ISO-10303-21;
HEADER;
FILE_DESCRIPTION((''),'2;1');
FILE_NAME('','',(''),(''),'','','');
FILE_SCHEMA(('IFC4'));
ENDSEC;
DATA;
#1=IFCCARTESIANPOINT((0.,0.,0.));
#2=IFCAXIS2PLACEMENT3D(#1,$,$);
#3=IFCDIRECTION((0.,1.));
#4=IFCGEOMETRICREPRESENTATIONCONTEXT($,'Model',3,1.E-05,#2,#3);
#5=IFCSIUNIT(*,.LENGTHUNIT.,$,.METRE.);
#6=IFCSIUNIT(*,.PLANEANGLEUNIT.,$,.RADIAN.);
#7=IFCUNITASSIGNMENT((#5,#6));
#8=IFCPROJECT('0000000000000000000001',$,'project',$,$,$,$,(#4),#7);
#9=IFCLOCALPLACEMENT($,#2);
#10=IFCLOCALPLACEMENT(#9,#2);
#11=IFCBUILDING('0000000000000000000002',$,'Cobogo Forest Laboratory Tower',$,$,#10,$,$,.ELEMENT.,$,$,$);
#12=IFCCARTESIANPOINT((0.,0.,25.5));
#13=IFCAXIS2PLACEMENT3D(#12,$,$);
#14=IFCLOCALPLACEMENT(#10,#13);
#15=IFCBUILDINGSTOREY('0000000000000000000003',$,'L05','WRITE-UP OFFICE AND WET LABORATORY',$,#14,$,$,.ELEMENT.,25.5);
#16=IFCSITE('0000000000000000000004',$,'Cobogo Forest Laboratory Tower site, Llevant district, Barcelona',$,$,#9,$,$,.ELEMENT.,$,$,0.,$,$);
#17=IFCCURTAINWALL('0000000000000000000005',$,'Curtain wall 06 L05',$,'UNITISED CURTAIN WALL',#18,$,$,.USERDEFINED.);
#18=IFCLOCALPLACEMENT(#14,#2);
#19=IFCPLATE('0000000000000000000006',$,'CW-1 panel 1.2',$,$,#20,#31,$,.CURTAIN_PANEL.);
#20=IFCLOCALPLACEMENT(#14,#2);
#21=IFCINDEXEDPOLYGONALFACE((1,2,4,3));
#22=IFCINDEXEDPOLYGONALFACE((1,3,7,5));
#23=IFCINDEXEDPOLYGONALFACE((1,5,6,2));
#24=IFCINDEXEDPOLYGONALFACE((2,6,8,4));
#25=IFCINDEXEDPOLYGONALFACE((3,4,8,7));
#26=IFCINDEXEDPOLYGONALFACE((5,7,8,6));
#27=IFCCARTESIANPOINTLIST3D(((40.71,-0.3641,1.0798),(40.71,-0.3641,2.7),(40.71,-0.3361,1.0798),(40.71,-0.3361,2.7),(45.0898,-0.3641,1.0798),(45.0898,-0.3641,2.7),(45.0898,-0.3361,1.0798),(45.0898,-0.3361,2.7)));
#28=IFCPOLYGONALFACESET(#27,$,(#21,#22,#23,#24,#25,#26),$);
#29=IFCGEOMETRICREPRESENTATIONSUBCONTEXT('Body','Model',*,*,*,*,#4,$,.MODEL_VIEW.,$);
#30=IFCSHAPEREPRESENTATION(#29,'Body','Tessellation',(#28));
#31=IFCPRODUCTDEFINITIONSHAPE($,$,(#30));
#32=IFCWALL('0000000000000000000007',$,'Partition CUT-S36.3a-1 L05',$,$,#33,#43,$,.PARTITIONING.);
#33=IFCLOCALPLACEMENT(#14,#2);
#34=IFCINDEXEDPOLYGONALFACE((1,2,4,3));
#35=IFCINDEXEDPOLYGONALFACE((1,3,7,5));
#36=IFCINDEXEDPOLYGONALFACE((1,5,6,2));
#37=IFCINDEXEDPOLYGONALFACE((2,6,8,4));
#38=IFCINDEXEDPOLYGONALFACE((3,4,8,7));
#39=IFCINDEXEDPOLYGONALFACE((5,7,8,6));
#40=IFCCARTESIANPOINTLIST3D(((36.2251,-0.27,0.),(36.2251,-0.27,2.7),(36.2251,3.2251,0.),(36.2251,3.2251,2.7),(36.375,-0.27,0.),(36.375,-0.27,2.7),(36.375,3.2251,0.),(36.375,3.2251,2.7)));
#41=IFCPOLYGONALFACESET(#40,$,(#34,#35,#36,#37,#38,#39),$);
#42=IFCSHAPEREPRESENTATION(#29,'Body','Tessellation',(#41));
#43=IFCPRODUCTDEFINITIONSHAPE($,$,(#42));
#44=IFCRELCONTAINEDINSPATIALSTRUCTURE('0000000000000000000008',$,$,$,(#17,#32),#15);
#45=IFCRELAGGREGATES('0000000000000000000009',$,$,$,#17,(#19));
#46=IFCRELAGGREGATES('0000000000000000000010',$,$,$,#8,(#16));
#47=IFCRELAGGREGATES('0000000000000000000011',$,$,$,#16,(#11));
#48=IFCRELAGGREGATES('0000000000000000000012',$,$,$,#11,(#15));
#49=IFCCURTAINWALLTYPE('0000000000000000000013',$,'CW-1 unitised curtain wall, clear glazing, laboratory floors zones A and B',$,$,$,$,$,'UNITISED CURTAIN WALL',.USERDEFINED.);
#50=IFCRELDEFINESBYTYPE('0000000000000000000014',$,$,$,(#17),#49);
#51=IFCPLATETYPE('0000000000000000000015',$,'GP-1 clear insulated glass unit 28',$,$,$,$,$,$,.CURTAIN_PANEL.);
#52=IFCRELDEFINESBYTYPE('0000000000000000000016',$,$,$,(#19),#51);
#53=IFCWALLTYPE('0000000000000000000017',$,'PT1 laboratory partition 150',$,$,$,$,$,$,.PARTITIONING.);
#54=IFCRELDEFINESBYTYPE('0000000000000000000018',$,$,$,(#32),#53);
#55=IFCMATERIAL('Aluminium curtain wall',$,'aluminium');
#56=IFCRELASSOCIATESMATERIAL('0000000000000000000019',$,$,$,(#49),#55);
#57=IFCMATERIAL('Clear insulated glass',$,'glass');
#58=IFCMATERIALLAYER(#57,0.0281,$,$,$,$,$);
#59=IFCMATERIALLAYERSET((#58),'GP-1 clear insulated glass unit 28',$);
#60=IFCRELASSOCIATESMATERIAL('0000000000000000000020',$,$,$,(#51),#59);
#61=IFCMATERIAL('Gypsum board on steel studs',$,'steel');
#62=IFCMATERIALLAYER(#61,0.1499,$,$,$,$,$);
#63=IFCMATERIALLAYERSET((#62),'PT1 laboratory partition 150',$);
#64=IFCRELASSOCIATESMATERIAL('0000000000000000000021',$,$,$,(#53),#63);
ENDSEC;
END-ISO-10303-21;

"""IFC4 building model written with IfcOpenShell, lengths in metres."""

from ifc_helpers import new_model, si_unit, direction, frame, frame_2d, origin, origin_2d, place, context, subcontext, project, spatial, rectangle, extrude, material, layer, layer_set, type_object, element, aggregate, save


model = new_model("IFC4")

# Units and contexts
model_context = context("Model", 3, precision=1e-05, world=origin(), true_north=direction((0.0, 1.0)))
body_context = subcontext(model_context, "Body", "Model", "MODEL_VIEW")
ifc_project = project(units=[si_unit("LENGTHUNIT", "METRE"), si_unit("PLANEANGLEUNIT", "RADIAN")], contexts=[model_context])

# Site, building, storey
site_placement = place(None, origin())
site = spatial("IfcSite", under=ifc_project, at=site_placement, Name="Cobogo Forest Laboratory Tower site, Llevant district, Barcelona", CompositionType="ELEMENT", RefElevation=0.0)
building_placement = place(site_placement, origin())
building = spatial("IfcBuilding", under=site, at=building_placement, Name="Cobogo Forest Laboratory Tower", CompositionType="ELEMENT")
storey_placement = place(building_placement, frame((0.0, 0.0, 25.5)))
storey = spatial("IfcBuildingStorey", under=building, at=storey_placement, Name="L05", Description="WRITE-UP OFFICE AND WET LABORATORY", CompositionType="ELEMENT", Elevation=25.5)

# Curtain wall
ifc_material_1 = material(Name="Aluminium curtain wall", Category="aluminium")
curtain_wall_type = type_object("IfcCurtainWallType", Name="CW-1 unitised curtain wall, clear glazing, laboratory floors zones A and B", ElementType="UNITISED CURTAIN WALL", PredefinedType="USERDEFINED", material=ifc_material_1)
curtain_wall_1_placement = place(storey_placement, origin())
curtain_wall_1 = element("IfcCurtainWall", 1, at=curtain_wall_1_placement, inside=storey, type_object=curtain_wall_type, Name="Curtain wall 06 L05", ObjectType="UNITISED CURTAIN WALL", PredefinedType="USERDEFINED")

# Plate
ifc_material_2 = material(Name="Clear insulated glass", Category="glass")
ifc_layer_1 = layer(ifc_material_2, 0.0281)
ifc_layer_set_1 = layer_set([ifc_layer_1], Name="GP-1 clear insulated glass unit 28")
plate_type_1 = type_object("IfcPlateType", Name="GP-1 clear insulated glass unit 28", PredefinedType="CURTAIN_PANEL", material=ifc_layer_set_1)
plate_1_placement = place(storey_placement, frame((42.8999, -0.3501, 1.0798), z_axis=(0.0, 0.0, 1.0), x_axis=(1.0, 0.0, 0.0)))
plate_1 = element("IfcPlate", 2, at=plate_1_placement, type_object=plate_type_1, Name="CW-1 panel 1.2", PredefinedType="CURTAIN_PANEL", context=body_context, shape_type="SweptSolid", body=[
    extrude(rectangle(XDim=4.3799, YDim=0.0281, at=origin_2d()), origin(), (0.0, 0.0, 1.0), 1.6201),
])
aggregate(curtain_wall_1, [plate_1])

# Wall
ifc_material_3 = material(Name="Gypsum board on steel studs", Category="steel")
ifc_layer_2 = layer(ifc_material_3, 0.1499)
ifc_layer_set_2 = layer_set([ifc_layer_2], Name="PT1 laboratory partition 150")
wall_type = type_object("IfcWallType", Name="PT1 laboratory partition 150", PredefinedType="PARTITIONING", material=ifc_layer_set_2)
wall_placement = place(storey_placement, frame((36.3, -0.27, 0.0), z_axis=(0.0, 0.0, 1.0), x_axis=(0.0, 1.0, 0.0)))
element("IfcWall", 3, at=wall_placement, inside=storey, type_object=wall_type, Name="Partition CUT-S36.3a-1 L05", PredefinedType="PARTITIONING", context=body_context, shape_type="SweptSolid", body=[
    extrude(rectangle(XDim=3.4951, YDim=0.1499, at=frame_2d((1.7476, 0.0))), origin(), (0.0, 0.0, 1.0), 2.7),
])

save(model, "model.ifc")
